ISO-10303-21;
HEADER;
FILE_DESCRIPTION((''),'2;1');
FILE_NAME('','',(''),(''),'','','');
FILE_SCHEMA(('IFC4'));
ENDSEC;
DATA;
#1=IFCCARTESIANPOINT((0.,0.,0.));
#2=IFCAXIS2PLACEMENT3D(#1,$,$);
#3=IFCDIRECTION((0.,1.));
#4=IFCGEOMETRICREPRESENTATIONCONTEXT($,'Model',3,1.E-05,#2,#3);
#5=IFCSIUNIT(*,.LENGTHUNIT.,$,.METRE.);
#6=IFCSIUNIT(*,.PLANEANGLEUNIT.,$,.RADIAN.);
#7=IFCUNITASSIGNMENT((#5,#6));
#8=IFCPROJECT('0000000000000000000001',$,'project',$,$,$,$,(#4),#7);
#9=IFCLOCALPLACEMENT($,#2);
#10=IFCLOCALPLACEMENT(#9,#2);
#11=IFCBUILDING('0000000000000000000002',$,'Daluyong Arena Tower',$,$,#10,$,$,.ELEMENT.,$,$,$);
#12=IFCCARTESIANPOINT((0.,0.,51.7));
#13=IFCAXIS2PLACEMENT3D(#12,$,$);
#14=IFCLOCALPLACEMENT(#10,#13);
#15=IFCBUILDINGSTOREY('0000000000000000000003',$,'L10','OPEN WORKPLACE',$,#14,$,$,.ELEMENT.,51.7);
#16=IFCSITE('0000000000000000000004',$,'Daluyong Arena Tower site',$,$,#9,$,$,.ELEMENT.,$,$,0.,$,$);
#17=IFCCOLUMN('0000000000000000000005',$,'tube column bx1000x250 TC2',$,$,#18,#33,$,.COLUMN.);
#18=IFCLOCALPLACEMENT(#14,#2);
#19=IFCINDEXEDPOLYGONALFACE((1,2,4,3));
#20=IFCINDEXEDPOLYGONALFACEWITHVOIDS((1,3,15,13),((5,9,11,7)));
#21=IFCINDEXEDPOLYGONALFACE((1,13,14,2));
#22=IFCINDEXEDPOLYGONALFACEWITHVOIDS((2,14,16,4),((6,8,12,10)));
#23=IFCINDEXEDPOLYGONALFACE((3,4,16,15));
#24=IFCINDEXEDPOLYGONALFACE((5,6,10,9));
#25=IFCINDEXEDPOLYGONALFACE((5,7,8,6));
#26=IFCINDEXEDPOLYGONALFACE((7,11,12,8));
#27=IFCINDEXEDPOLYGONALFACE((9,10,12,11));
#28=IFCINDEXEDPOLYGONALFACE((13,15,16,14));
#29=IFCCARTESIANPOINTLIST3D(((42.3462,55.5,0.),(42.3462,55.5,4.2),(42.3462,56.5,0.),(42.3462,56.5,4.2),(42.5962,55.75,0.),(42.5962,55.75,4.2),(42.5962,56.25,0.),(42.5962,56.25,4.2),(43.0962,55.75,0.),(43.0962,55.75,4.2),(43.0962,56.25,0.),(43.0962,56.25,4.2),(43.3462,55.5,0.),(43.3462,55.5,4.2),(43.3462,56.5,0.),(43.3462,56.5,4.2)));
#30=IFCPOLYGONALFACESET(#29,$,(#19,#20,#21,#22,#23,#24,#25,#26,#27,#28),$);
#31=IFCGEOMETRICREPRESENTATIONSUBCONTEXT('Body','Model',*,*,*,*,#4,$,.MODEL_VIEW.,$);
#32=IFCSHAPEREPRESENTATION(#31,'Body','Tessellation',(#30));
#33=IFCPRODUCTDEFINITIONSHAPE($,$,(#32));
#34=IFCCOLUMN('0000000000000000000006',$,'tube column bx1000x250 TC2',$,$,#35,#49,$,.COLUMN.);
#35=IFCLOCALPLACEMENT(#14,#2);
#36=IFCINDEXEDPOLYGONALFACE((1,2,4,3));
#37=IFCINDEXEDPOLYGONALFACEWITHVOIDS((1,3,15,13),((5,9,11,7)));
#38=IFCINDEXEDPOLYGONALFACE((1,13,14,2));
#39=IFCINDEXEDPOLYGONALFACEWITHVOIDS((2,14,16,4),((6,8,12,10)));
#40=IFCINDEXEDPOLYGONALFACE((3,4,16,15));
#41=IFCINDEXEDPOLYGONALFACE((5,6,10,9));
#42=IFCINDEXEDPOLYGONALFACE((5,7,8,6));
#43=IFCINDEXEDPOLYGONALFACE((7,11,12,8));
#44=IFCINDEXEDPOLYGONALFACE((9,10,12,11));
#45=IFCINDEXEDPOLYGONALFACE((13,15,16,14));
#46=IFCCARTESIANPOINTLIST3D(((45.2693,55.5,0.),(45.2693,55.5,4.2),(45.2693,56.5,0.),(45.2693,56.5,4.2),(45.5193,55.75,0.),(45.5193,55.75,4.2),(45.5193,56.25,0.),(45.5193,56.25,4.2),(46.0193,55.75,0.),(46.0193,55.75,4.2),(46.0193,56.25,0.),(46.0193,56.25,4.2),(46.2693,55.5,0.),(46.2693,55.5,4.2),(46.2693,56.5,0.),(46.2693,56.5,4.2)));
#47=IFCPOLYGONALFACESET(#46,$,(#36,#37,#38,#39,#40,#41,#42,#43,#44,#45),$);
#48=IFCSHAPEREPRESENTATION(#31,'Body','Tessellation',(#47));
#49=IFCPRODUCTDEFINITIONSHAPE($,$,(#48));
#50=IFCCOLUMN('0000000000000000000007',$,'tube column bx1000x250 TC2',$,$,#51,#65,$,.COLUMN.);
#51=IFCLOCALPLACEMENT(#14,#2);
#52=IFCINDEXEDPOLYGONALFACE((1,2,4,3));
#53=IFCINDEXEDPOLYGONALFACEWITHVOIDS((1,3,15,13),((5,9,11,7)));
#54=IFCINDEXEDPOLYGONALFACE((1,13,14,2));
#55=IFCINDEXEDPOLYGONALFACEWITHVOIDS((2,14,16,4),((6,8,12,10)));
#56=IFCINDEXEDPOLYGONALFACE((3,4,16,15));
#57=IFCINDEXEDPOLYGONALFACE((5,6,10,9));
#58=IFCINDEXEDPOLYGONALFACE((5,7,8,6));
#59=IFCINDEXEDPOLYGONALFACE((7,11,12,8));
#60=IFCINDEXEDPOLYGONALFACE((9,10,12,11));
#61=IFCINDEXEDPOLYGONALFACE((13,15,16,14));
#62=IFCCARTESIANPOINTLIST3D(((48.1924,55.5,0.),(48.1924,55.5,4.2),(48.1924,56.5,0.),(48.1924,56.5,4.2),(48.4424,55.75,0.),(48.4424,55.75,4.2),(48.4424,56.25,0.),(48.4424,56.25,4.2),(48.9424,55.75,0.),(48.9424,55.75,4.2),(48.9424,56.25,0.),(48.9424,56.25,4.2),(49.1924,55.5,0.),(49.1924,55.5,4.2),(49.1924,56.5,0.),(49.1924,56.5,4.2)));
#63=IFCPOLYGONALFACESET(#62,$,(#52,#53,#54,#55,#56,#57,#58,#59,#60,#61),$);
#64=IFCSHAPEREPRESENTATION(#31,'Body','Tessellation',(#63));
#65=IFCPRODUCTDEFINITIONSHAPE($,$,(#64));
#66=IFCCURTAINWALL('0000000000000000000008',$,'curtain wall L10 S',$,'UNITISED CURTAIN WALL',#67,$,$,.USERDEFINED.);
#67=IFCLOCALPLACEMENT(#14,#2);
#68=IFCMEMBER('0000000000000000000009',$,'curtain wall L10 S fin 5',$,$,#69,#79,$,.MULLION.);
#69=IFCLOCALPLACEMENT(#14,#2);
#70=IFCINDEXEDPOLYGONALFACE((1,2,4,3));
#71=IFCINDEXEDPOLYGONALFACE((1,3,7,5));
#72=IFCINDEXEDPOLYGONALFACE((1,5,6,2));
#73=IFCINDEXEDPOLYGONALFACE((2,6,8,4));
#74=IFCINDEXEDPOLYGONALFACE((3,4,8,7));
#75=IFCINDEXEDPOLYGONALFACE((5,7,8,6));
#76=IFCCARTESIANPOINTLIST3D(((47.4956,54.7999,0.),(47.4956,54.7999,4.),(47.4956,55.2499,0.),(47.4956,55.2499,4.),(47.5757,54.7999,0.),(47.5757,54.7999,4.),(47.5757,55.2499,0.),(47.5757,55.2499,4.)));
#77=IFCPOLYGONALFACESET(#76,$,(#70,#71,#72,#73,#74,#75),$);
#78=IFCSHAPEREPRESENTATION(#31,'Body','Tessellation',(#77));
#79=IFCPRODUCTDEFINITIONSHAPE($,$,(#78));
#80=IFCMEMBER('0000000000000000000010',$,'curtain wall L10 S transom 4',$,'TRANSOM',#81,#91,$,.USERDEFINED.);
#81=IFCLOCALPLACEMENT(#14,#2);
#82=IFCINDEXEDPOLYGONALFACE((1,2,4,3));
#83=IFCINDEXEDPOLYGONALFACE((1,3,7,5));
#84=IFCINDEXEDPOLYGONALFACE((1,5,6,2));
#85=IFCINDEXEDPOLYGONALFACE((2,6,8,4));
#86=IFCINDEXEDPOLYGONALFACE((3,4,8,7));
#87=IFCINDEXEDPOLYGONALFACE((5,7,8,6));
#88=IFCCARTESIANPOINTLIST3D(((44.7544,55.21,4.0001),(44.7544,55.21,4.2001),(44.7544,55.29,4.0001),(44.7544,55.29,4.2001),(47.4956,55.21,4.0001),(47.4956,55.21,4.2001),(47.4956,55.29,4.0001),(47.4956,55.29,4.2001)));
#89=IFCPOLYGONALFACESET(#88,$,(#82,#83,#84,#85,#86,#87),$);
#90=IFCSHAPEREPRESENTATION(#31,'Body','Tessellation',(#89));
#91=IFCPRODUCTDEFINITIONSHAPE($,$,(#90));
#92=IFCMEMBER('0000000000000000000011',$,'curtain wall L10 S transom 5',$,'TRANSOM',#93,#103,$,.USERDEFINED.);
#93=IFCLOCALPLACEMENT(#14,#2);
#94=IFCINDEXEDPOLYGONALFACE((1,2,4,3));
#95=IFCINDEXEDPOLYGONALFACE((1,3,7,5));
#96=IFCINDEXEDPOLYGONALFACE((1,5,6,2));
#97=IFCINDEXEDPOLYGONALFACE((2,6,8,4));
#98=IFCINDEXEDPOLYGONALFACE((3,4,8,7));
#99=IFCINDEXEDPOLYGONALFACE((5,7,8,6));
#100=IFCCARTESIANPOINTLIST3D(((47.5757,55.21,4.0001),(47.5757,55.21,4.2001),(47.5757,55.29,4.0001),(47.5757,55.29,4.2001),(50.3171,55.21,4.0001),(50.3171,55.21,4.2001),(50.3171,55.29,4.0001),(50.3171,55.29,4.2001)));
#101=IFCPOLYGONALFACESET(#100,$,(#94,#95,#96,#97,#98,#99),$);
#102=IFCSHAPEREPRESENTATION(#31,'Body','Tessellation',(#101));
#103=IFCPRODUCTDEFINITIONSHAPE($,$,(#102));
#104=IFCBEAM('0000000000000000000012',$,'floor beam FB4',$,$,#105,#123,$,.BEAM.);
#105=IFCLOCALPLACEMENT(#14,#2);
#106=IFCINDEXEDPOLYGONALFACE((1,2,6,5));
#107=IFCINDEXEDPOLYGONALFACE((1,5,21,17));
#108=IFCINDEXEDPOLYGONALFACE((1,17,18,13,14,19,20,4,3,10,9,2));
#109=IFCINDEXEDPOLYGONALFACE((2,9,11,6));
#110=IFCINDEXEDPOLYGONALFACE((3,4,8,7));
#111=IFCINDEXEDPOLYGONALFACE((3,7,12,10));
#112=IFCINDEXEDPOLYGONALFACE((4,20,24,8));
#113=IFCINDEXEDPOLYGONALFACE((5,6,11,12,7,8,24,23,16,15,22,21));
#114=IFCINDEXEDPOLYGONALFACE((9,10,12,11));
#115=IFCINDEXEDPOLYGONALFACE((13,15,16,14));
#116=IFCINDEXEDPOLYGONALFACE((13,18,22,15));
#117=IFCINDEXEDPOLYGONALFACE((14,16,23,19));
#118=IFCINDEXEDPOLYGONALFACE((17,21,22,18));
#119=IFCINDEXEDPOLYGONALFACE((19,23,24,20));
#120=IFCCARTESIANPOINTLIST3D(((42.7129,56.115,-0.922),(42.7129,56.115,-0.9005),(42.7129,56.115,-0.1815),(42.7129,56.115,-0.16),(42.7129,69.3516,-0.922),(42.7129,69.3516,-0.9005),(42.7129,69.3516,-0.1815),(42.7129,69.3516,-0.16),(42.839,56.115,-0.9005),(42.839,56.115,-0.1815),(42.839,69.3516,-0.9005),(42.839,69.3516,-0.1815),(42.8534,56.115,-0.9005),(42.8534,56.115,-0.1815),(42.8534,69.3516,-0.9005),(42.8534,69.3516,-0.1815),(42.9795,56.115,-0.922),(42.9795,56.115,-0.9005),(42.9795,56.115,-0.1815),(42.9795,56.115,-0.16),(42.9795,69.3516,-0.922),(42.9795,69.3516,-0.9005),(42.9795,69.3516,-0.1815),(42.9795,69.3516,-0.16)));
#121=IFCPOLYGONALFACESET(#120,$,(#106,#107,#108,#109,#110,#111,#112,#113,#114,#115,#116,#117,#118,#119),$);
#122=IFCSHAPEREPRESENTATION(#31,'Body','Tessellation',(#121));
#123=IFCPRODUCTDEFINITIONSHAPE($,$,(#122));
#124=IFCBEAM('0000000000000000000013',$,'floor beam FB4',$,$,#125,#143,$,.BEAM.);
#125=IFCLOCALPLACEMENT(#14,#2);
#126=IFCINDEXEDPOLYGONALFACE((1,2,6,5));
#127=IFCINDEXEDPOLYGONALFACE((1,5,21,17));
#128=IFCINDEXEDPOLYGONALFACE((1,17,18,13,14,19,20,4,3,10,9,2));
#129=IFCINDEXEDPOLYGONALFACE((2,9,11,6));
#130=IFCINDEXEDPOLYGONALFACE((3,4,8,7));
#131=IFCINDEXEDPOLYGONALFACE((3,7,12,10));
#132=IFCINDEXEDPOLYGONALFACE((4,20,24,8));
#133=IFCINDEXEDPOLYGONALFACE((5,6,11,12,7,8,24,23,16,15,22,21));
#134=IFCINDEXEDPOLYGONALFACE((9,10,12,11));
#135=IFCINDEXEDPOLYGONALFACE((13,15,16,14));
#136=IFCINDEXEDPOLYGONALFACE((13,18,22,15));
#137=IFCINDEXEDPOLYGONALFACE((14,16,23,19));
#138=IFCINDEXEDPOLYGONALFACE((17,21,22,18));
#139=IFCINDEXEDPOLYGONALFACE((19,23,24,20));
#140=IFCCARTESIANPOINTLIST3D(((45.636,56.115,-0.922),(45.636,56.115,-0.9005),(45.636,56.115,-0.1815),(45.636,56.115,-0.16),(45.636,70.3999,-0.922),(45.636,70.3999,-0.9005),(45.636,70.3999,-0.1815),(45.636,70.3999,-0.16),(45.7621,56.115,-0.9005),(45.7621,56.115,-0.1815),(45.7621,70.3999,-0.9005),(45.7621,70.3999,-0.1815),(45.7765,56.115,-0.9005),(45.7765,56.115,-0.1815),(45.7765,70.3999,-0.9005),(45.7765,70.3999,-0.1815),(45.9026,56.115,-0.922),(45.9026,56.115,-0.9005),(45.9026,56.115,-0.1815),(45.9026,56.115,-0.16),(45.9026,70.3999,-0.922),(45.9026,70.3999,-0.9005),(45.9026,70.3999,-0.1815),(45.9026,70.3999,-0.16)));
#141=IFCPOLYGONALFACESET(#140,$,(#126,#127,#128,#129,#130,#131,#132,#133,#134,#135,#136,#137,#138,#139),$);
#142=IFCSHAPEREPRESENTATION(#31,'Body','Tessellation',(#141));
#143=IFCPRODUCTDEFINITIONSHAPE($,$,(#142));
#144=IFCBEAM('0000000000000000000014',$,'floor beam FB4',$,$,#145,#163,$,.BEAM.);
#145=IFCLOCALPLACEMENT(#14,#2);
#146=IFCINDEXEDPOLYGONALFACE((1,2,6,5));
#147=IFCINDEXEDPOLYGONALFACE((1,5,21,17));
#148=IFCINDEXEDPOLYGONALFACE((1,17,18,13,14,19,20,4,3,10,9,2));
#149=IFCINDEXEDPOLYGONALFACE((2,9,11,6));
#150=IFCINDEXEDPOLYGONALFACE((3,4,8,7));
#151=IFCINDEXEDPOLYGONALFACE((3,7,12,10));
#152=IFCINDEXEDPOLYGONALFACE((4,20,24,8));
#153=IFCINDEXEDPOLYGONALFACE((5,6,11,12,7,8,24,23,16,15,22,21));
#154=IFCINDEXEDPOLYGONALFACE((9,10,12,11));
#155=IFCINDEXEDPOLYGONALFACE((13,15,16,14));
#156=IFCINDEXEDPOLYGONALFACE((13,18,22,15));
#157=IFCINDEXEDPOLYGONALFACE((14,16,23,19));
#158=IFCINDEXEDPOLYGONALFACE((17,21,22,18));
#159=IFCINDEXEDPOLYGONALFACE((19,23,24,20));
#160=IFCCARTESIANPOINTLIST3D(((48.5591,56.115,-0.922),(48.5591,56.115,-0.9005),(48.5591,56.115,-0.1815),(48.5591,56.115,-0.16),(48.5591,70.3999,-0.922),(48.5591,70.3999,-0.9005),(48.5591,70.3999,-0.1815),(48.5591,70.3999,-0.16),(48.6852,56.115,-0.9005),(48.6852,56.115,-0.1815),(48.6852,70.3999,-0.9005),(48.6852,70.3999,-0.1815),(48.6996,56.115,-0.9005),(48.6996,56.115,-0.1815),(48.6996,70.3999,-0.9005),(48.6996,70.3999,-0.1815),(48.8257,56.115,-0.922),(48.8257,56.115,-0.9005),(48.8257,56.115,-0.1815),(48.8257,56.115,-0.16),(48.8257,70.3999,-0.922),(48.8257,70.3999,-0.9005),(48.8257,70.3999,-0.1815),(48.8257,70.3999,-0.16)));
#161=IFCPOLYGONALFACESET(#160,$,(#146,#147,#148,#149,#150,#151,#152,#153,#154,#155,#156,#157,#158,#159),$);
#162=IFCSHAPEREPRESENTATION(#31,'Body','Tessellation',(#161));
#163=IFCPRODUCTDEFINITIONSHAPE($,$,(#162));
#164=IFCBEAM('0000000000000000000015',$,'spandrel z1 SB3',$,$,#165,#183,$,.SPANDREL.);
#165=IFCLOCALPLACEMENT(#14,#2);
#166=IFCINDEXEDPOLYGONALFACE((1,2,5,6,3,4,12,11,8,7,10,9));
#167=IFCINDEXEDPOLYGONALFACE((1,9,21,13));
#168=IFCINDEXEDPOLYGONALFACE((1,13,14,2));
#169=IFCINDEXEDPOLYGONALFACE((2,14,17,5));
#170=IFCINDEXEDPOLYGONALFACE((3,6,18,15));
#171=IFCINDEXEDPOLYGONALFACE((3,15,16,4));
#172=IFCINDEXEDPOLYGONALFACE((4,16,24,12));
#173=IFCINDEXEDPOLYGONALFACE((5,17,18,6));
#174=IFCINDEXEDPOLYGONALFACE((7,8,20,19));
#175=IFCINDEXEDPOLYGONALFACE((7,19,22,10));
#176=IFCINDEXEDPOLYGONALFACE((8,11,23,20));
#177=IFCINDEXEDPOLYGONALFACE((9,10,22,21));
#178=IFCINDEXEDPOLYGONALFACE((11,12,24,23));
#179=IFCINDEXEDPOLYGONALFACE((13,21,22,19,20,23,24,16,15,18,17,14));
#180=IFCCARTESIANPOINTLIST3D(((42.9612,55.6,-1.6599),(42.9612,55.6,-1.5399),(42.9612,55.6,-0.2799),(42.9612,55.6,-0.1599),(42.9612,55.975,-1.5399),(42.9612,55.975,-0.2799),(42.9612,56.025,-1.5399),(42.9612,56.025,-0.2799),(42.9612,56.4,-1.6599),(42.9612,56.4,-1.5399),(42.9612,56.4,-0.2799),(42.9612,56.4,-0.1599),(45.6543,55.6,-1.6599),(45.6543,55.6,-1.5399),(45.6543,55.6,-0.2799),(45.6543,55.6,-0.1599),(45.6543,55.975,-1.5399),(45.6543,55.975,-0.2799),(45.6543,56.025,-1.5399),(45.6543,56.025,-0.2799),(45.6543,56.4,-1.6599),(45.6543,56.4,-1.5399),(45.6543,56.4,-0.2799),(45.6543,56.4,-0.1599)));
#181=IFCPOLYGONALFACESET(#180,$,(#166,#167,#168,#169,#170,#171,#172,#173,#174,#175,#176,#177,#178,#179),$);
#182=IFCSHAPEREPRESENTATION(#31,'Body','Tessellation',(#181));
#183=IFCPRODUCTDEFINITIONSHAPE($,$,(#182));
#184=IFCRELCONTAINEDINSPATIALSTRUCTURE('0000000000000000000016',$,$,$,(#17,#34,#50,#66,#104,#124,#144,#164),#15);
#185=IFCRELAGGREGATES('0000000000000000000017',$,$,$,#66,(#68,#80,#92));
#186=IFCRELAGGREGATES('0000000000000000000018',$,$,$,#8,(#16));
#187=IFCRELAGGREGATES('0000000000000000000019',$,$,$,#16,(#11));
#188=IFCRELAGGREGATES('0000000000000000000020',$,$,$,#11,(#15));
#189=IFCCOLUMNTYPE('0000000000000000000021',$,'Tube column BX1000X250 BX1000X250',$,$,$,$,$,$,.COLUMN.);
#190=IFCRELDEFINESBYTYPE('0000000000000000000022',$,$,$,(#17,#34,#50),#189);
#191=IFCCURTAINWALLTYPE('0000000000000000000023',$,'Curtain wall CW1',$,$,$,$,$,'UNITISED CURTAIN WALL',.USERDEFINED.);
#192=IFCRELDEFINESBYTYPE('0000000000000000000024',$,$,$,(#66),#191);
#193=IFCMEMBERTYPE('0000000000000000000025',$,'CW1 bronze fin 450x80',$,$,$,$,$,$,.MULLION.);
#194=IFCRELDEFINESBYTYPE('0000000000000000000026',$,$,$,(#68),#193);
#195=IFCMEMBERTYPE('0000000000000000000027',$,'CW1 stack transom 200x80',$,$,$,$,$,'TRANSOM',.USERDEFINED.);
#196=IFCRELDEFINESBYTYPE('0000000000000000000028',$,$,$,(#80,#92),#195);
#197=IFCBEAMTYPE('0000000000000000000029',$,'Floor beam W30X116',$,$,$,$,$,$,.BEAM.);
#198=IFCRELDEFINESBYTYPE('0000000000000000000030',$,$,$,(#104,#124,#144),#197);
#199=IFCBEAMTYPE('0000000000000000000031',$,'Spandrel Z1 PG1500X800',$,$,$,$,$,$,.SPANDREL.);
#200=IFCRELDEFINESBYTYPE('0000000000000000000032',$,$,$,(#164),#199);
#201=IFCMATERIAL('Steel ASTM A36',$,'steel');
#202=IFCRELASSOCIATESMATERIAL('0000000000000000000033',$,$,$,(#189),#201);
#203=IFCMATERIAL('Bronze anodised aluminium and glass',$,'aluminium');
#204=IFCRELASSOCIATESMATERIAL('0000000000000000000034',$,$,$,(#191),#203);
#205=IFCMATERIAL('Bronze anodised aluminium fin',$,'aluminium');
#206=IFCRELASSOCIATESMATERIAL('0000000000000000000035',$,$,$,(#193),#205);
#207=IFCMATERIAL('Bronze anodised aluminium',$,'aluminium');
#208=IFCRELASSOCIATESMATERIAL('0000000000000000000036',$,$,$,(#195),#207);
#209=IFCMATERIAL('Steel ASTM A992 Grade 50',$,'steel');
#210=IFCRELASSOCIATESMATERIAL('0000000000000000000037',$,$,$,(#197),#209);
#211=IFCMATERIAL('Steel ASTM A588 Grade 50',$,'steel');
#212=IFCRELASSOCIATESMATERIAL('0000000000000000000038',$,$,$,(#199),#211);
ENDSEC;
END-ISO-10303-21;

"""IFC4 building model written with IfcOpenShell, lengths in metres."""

from ifc_helpers import new_model, si_unit, direction, frame, origin, origin_2d, place, context, subcontext, project, spatial, rectangle, hollow_rectangle, i_section, extrude, material, material_profile, profile_set, type_object, element, aggregate, save


model = new_model("IFC4")

# Units and contexts
model_context = context("Model", 3, precision=1e-05, world=origin(), true_north=direction((0.0, 1.0)))
body_context = subcontext(model_context, "Body", "Model", "MODEL_VIEW")
ifc_project = project(units=[si_unit("LENGTHUNIT", "METRE"), si_unit("PLANEANGLEUNIT", "RADIAN")], contexts=[model_context])

# Site, building, storey
site_placement = place(None, origin())
site = spatial("IfcSite", under=ifc_project, at=site_placement, Name="Daluyong Arena Tower site", CompositionType="ELEMENT", RefElevation=0.0)
building_placement = place(site_placement, origin())
building = spatial("IfcBuilding", under=site, at=building_placement, Name="Daluyong Arena Tower", CompositionType="ELEMENT")
storey_placement = place(building_placement, frame((0.0, 0.0, 51.7)))
storey = spatial("IfcBuildingStorey", under=building, at=storey_placement, Name="L10", Description="OPEN WORKPLACE", CompositionType="ELEMENT", Elevation=51.7)

# Columns
ifc_material_1 = material(Name="Steel ASTM A36", Category="steel")
ifc_material_profile_1 = material_profile(ifc_material_1, hollow_rectangle(XDim=1.0, YDim=1.0, WallThickness=0.25, at=origin_2d()))
ifc_profile_set_1 = profile_set([ifc_material_profile_1], Name="Steel ASTM A36")
column_type = type_object("IfcColumnType", Name="Tube column BX1000X250 BX1000X250", PredefinedType="COLUMN", material=ifc_profile_set_1)
for number, where, z_axis, x_axis, name in (
    (1, (42.8462, 56.0, 0.0), (0.0, 0.0, 1.0), (1.0, 0.0, 0.0), "tube column bx1000x250 TC2"),
    (2, (45.7693, 56.0, 0.0), (0.0, 0.0, 1.0), (1.0, 0.0, 0.0), "tube column bx1000x250 TC2"),
    (3, (48.6924, 56.0, 0.0), (0.0, 0.0, 1.0), (1.0, 0.0, 0.0), "tube column bx1000x250 TC2"),
):
    element("IfcColumn", number, at=place(storey_placement, frame(where, z_axis=z_axis, x_axis=x_axis)), inside=storey, type_object=column_type, Name=name, PredefinedType="COLUMN", context=body_context, shape_type="SweptSolid", body=[
        extrude(hollow_rectangle(XDim=1.0, YDim=1.0, WallThickness=0.25, at=origin_2d()), origin(), (0.0, 0.0, 1.0), 4.2),
    ])

# Curtain wall, members
ifc_material_2 = material(Name="Bronze anodised aluminium and glass", Category="aluminium")
curtain_wall_type = type_object("IfcCurtainWallType", Name="Curtain wall CW1", ElementType="UNITISED CURTAIN WALL", PredefinedType="USERDEFINED", material=ifc_material_2)
curtain_wall_placement = place(storey_placement, origin())
curtain_wall = element("IfcCurtainWall", 4, at=curtain_wall_placement, inside=storey, type_object=curtain_wall_type, Name="curtain wall L10 S", ObjectType="UNITISED CURTAIN WALL", PredefinedType="USERDEFINED")
ifc_material_3 = material(Name="Bronze anodised aluminium fin", Category="aluminium")
ifc_material_profile_2 = material_profile(ifc_material_3, rectangle(XDim=0.45, YDim=0.0801, at=origin_2d()))
ifc_profile_set_2 = profile_set([ifc_material_profile_2], Name="Bronze anodised aluminium fin")
member_type_1 = type_object("IfcMemberType", Name="CW1 bronze fin 450x80", PredefinedType="MULLION", material=ifc_profile_set_2)
member_1_placement = place(storey_placement, frame((47.5356, 55.0249, 0.0), z_axis=(0.0, 0.0, 1.0), x_axis=(0.0, 1.0, 0.0)))
member_1 = element("IfcMember", 5, at=member_1_placement, type_object=member_type_1, Name="curtain wall L10 S fin 5", PredefinedType="MULLION", context=body_context, shape_type="SweptSolid", body=[
    extrude(rectangle(XDim=0.45, YDim=0.0801, at=origin_2d()), origin(), (0.0, 0.0, 1.0), 4.0),
])
ifc_material_4 = material(Name="Bronze anodised aluminium", Category="aluminium")
ifc_material_profile_3 = material_profile(ifc_material_4, rectangle(XDim=0.0801, YDim=0.2, at=origin_2d()))
ifc_profile_set_3 = profile_set([ifc_material_profile_3], Name="Bronze anodised aluminium")
member_type_2 = type_object("IfcMemberType", Name="CW1 stack transom 200x80", ElementType="TRANSOM", PredefinedType="USERDEFINED", material=ifc_profile_set_3)
member_2_placement = place(storey_placement, frame((44.7544, 55.25, 4.1001), z_axis=(1.0, 0.0, 0.0), x_axis=(0.0, 1.0, 0.0)))
member_2 = element("IfcMember", 6, at=member_2_placement, type_object=member_type_2, Name="curtain wall L10 S transom 4", ObjectType="TRANSOM", PredefinedType="USERDEFINED", context=body_context, shape_type="SweptSolid", body=[
    extrude(rectangle(XDim=0.0801, YDim=0.2, at=origin_2d()), origin(), (0.0, 0.0, 1.0), 2.7412),
])
member_3_placement = place(storey_placement, frame((47.5757, 55.25, 4.1001), z_axis=(1.0, 0.0, 0.0), x_axis=(0.0, 1.0, 0.0)))
member_3 = element("IfcMember", 7, at=member_3_placement, type_object=member_type_2, Name="curtain wall L10 S transom 5", ObjectType="TRANSOM", PredefinedType="USERDEFINED", context=body_context, shape_type="SweptSolid", body=[
    extrude(rectangle(XDim=0.0801, YDim=0.2, at=origin_2d()), origin(), (0.0, 0.0, 1.0), 2.7415),
])

# Beams
ifc_material_5 = material(Name="Steel ASTM A992 Grade 50", Category="steel")
ifc_material_profile_4 = material_profile(ifc_material_5, i_section(OverallWidth=0.2666, OverallDepth=0.762, WebThickness=0.0144, FlangeThickness=0.0215, at=origin_2d()))
ifc_profile_set_4 = profile_set([ifc_material_profile_4], Name="Steel ASTM A992 Grade 50")
beam_type_1 = type_object("IfcBeamType", Name="Floor beam W30X116", PredefinedType="BEAM", material=ifc_profile_set_4)
beam_placement = place(storey_placement, frame((42.8462, 56.115, -0.541), z_axis=(0.0, 1.0, 0.0), x_axis=(-1.0, 0.0, 0.0)))
element("IfcBeam", 8, at=beam_placement, inside=storey, type_object=beam_type_1, Name="floor beam FB4", PredefinedType="BEAM", context=body_context, shape_type="SweptSolid", body=[
    extrude(i_section(OverallWidth=0.2666, OverallDepth=0.762, WebThickness=0.0144, FlangeThickness=0.0215, at=origin_2d()), origin(), (0.0, 0.0, 1.0), 13.2366),
])
for number, where, z_axis, x_axis, name in (
    (9, (45.7693, 56.115, -0.541), (0.0, 1.0, 0.0), (-1.0, 0.0, 0.0), "floor beam FB4"),
    (10, (48.6924, 56.115, -0.541), (0.0, 1.0, 0.0), (-1.0, 0.0, 0.0), "floor beam FB4"),
):
    element("IfcBeam", number, at=place(storey_placement, frame(where, z_axis=z_axis, x_axis=x_axis)), inside=storey, type_object=beam_type_1, Name=name, PredefinedType="BEAM", context=body_context, shape_type="SweptSolid", body=[
        extrude(i_section(OverallWidth=0.2666, OverallDepth=0.762, WebThickness=0.0144, FlangeThickness=0.0215, at=origin_2d()), origin(), (0.0, 0.0, 1.0), 14.2849),
    ])
ifc_material_6 = material(Name="Steel ASTM A588 Grade 50", Category="steel")
ifc_material_profile_5 = material_profile(ifc_material_6, i_section(OverallWidth=0.8, OverallDepth=1.5, WebThickness=0.05, FlangeThickness=0.12, at=origin_2d()))
ifc_profile_set_5 = profile_set([ifc_material_profile_5], Name="Steel ASTM A588 Grade 50")
beam_type_2 = type_object("IfcBeamType", Name="Spandrel Z1 PG1500X800", PredefinedType="SPANDREL", material=ifc_profile_set_5)
for number, where, z_axis, x_axis, name in (
    (11, (42.9612, 56.0, -0.9099), (1.0, 0.0, 0.0), (0.0, 1.0, 0.0), "spandrel z1 SB3"),
):
    element("IfcBeam", number, at=place(storey_placement, frame(where, z_axis=z_axis, x_axis=x_axis)), inside=storey, type_object=beam_type_2, Name=name, PredefinedType="SPANDREL", context=body_context, shape_type="SweptSolid", body=[
        extrude(i_section(OverallWidth=0.8, OverallDepth=1.5, WebThickness=0.05, FlangeThickness=0.12, at=origin_2d()), origin(), (0.0, 0.0, 1.0), 2.6931),
    ])

aggregate(curtain_wall, [member_1, member_2, member_3])

save(model, "model.ifc")
